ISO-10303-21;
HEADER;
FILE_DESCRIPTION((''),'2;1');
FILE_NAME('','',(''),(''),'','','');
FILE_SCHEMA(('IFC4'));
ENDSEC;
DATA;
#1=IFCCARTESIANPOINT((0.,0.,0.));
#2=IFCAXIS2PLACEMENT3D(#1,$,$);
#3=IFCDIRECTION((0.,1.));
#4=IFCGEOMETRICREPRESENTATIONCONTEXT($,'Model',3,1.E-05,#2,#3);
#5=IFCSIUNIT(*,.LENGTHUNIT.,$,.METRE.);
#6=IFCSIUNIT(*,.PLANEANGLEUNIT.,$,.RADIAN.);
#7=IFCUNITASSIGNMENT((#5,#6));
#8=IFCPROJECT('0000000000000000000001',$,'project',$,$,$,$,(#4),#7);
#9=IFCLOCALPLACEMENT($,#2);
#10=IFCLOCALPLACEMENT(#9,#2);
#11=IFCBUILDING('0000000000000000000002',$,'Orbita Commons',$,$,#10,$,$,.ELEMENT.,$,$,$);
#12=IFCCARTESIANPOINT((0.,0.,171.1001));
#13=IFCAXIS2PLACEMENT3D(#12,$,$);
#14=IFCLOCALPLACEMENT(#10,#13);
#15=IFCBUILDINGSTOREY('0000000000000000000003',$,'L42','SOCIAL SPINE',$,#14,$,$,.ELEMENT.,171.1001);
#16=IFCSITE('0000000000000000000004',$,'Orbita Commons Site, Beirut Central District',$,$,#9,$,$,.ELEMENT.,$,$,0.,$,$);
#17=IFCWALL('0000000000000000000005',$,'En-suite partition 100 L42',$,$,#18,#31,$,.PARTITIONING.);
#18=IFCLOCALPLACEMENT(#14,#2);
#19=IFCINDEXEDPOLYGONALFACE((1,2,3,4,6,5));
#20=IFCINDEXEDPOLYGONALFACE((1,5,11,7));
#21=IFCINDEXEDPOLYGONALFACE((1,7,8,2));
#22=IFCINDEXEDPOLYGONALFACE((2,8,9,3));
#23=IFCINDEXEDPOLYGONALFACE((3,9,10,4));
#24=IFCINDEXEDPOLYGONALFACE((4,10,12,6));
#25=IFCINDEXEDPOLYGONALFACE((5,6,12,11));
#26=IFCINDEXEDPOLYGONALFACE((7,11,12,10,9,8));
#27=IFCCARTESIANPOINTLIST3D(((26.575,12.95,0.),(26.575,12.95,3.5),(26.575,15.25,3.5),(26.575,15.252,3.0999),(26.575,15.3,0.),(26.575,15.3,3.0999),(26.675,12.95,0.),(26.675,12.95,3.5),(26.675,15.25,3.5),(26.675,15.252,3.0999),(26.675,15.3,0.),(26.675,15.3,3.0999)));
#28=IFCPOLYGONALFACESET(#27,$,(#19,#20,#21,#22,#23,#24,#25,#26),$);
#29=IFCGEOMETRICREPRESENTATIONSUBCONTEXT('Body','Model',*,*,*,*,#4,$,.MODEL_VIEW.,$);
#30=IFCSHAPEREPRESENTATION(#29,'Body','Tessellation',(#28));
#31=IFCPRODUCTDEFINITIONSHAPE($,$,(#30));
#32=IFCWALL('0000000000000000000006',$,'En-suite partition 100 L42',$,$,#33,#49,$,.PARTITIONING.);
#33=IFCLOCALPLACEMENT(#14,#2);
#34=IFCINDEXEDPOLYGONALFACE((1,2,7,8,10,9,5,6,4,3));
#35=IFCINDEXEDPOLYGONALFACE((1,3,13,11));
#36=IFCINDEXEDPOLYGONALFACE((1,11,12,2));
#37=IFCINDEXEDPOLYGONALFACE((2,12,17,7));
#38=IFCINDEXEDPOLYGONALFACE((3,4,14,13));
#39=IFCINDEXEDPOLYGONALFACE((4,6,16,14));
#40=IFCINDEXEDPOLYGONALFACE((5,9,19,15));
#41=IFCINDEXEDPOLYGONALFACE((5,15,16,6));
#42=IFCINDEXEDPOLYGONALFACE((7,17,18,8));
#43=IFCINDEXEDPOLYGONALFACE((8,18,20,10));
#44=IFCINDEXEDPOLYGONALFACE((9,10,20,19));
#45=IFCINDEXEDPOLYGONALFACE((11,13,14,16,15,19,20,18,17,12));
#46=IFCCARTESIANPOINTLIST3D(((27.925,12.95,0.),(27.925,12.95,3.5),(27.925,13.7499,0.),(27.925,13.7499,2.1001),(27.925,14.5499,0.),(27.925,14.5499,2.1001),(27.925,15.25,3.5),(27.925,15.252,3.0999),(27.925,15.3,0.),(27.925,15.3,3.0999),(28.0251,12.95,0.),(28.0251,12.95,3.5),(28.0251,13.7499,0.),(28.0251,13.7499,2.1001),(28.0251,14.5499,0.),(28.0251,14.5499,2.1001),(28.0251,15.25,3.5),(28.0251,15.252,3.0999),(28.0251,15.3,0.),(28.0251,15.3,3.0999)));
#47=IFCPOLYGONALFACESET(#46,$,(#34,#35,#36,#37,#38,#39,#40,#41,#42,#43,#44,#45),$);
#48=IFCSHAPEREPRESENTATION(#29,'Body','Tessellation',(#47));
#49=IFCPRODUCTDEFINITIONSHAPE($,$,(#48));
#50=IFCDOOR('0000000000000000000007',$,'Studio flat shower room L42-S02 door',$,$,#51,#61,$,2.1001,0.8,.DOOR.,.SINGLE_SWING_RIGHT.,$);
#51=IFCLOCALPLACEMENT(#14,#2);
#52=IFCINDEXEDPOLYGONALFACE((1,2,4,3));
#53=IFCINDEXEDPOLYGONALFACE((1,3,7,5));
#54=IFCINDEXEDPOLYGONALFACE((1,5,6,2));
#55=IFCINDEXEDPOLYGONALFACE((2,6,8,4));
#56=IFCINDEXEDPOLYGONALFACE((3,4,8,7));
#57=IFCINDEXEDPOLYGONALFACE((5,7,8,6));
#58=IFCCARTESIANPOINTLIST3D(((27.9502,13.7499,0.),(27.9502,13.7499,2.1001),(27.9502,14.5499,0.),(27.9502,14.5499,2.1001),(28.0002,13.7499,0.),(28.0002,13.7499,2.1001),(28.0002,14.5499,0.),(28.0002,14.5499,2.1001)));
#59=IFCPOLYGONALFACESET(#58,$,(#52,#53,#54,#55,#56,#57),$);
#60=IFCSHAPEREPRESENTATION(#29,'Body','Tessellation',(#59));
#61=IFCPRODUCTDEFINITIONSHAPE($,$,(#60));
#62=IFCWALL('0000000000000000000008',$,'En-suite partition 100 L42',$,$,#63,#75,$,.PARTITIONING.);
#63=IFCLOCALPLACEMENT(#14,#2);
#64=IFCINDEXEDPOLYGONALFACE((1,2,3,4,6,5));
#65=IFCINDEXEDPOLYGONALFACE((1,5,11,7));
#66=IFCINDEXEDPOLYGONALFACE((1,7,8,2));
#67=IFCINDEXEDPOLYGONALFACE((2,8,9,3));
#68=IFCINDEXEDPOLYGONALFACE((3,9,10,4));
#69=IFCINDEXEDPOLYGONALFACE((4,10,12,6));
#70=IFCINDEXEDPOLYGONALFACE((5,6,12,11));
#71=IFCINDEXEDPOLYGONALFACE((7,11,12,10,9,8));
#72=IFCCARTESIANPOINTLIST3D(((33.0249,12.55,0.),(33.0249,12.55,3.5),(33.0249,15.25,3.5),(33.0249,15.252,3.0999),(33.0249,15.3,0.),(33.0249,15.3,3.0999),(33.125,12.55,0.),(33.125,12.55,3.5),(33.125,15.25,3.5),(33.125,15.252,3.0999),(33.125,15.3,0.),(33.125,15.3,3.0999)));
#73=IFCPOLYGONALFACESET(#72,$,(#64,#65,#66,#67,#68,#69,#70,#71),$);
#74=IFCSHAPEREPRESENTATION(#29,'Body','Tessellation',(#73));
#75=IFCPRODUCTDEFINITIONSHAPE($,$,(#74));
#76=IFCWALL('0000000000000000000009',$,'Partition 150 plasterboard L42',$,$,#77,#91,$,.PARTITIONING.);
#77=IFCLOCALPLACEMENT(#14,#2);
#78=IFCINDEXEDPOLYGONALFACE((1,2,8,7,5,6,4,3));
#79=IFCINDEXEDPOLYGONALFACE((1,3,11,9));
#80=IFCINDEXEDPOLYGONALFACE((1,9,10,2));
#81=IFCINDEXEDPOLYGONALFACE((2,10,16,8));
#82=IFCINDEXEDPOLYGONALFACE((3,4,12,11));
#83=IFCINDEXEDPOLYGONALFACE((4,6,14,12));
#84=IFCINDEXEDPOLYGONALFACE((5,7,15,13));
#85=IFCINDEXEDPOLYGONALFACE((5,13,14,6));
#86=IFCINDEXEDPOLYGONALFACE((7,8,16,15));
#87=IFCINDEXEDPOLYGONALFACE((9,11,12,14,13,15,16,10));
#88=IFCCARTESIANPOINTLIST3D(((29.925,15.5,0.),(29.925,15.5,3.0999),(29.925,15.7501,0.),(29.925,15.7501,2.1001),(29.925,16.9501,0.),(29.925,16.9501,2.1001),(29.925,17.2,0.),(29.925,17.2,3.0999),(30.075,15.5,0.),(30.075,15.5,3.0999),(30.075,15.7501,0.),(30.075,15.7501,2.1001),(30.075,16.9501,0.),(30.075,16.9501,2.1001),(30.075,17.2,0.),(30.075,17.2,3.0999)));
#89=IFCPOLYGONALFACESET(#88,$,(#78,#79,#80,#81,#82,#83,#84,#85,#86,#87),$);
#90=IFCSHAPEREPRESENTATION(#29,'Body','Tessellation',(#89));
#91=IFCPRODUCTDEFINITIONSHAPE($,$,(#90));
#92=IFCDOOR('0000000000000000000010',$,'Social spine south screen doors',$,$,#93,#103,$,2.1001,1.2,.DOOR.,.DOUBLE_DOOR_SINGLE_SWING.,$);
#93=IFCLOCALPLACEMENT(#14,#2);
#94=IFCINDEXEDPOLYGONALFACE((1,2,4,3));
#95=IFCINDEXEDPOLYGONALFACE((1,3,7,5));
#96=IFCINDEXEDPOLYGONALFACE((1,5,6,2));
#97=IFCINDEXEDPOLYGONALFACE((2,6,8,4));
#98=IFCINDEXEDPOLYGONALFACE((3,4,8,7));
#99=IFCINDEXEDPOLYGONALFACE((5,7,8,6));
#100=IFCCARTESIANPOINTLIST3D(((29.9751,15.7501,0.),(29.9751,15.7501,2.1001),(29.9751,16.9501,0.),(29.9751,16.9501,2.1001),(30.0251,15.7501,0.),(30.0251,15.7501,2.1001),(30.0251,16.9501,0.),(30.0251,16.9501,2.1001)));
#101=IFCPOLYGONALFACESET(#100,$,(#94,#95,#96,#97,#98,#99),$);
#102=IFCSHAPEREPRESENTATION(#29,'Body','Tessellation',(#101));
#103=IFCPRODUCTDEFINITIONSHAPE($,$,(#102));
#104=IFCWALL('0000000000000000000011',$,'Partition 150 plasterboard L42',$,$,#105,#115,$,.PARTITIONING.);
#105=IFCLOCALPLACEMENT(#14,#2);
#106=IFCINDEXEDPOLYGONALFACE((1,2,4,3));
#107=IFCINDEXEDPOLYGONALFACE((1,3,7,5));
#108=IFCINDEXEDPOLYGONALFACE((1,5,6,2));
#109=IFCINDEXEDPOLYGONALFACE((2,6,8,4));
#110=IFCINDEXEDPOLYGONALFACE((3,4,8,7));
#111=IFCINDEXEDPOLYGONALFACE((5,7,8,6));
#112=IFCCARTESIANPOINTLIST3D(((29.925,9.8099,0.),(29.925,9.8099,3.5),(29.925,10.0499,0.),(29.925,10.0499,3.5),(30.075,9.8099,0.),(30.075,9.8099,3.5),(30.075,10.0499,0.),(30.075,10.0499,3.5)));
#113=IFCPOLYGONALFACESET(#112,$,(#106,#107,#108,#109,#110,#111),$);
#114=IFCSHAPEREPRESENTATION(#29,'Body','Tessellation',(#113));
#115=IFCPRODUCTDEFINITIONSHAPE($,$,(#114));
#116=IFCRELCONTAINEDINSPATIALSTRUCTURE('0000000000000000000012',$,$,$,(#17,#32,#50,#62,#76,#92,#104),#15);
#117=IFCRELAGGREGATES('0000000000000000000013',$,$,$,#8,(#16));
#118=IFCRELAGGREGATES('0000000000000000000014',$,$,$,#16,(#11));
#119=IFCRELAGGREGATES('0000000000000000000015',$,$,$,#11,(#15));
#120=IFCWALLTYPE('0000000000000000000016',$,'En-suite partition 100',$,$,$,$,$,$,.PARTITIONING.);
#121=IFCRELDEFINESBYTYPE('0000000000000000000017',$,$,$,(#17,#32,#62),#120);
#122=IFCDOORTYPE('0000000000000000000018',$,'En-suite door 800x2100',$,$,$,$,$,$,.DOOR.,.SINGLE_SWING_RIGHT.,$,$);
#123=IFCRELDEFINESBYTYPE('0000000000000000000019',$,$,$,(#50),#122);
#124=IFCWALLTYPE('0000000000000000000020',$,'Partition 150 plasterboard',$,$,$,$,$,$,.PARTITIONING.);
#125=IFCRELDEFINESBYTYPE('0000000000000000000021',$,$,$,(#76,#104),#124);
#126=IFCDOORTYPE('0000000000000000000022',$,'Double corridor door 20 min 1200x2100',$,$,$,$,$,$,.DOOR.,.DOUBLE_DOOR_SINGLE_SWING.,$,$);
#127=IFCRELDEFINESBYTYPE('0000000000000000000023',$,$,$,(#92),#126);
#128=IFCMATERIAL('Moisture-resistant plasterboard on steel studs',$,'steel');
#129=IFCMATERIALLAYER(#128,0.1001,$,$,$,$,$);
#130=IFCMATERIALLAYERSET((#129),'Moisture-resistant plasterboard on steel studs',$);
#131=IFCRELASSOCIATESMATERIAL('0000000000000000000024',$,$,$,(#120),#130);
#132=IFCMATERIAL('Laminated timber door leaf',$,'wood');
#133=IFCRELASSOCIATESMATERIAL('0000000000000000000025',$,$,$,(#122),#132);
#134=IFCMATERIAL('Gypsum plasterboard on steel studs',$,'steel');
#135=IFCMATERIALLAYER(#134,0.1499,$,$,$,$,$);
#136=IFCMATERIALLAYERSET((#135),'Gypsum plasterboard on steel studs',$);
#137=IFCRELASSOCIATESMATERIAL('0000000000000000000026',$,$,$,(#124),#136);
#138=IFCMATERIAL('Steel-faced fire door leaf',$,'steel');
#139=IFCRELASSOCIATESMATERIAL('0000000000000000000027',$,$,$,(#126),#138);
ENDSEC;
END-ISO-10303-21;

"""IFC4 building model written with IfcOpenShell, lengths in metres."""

from ifc_helpers import new_model, si_unit, direction, frame, frame_2d, origin, place, context, subcontext, project, spatial, polyline, rectangle, outline, extrude, material, layer, layer_set, type_object, element, fill, save


model = new_model("IFC4")

# Units and contexts
model_context = context("Model", 3, precision=1e-05, world=origin(), true_north=direction((0.0, 1.0)))
body_context = subcontext(model_context, "Body", "Model", "MODEL_VIEW")
ifc_project = project(units=[si_unit("LENGTHUNIT", "METRE"), si_unit("PLANEANGLEUNIT", "RADIAN")], contexts=[model_context])

# Site, building, storey
site_placement = place(None, origin())
site = spatial("IfcSite", under=ifc_project, at=site_placement, Name="Orbita Commons Site, Beirut Central District", CompositionType="ELEMENT", RefElevation=0.0)
building_placement = place(site_placement, origin())
building = spatial("IfcBuilding", under=site, at=building_placement, Name="Orbita Commons", CompositionType="ELEMENT")
storey_placement = place(building_placement, frame((0.0, 0.0, 171.1001)))
storey = spatial("IfcBuildingStorey", under=building, at=storey_placement, Name="L42", Description="SOCIAL SPINE", CompositionType="ELEMENT", Elevation=171.1001)

# Shared definitions
ifc_material_1 = material(Name="Moisture-resistant plasterboard on steel studs", Category="steel")
ifc_layer_1 = layer(ifc_material_1, 0.1001)
ifc_layer_set_1 = layer_set([ifc_layer_1], Name="Moisture-resistant plasterboard on steel studs")
wall_type_1 = type_object("IfcWallType", Name="En-suite partition 100", PredefinedType="PARTITIONING", material=ifc_layer_set_1)
ifc_material_2 = material(Name="Laminated timber door leaf", Category="wood")
door_type_1 = type_object("IfcDoorType", Name="En-suite door 800x2100", OperationType="SINGLE_SWING_RIGHT", PredefinedType="DOOR", material=ifc_material_2)

# Wall
wall_1_placement = place(storey_placement, frame((26.625, 12.95, 0.0), z_axis=(0.0, 0.0, 1.0), x_axis=(0.0, 1.0, 0.0)))
element("IfcWall", 1, at=wall_1_placement, inside=storey, type_object=wall_type_1, Name="En-suite partition 100 L42", PredefinedType="PARTITIONING", context=body_context, shape_type="SweptSolid", body=[
    extrude(outline(polyline([(0.0, 0.0), (2.3501, 0.0), (2.3501, 3.0999), (2.302, 3.0999), (2.3, 3.5), (0.0, 3.5), (0.0, 0.0)])), frame((0.0, 0.05, 0.0), z_axis=(0.0, -1.0, 0.0), x_axis=(1.0, 0.0, 0.0)), (0.0, 0.0, 1.0), 0.1001),
])

# Wall, opening, door
wall_2_placement = place(storey_placement, frame((27.9751, 12.95, 0.0), z_axis=(0.0, 0.0, 1.0), x_axis=(0.0, 1.0, 0.0)))
wall_2 = element("IfcWall", 2, at=wall_2_placement, inside=storey, type_object=wall_type_1, Name="En-suite partition 100 L42", PredefinedType="PARTITIONING", context=body_context, shape_type="SweptSolid", body=[
    extrude(outline(polyline([(0.0, 0.0), (2.3501, 0.0), (2.3501, 3.0999), (2.302, 3.0999), (2.3, 3.5), (0.0, 3.5), (0.0, 0.0)])), frame((0.0, 0.05, 0.0), z_axis=(0.0, -1.0, 0.0), x_axis=(1.0, 0.0, 0.0)), (0.0, 0.0, 1.0), 0.1001),
])
opening_1_placement = place(wall_2_placement, frame((0.8, 0.0, 0.0)))
opening_1 = element("IfcOpeningElement", 3, at=opening_1_placement, cuts=wall_2, PredefinedType="OPENING", context=body_context, shape_type="SweptSolid", body=[
    extrude(rectangle(XDim=0.8, YDim=2.1001, at=frame_2d((0.3999, 1.05))), frame((0.0, 0.0601, 0.0), z_axis=(0.0, -1.0, 0.0), x_axis=(1.0, 0.0, 0.0)), (0.0, 0.0, 1.0), 0.1201),
])
door_1_placement = place(opening_1_placement, origin())
door_1 = element("IfcDoor", 4, at=door_1_placement, inside=storey, type_object=door_type_1, Name="Studio flat shower room L42-S02 door", OperationType="SINGLE_SWING_RIGHT", OverallHeight=2.1001, OverallWidth=0.8, PredefinedType="DOOR", context=body_context, shape_type="SweptSolid", body=[
    extrude(rectangle(XDim=0.8, YDim=2.1001, at=frame_2d((0.3999, 1.05))), frame((0.0, 0.0249, 0.0), z_axis=(0.0, -1.0, 0.0), x_axis=(1.0, 0.0, 0.0)), (0.0, 0.0, 1.0), 0.05),
])
fill(opening_1, door_1)

# Wall
wall_3_placement = place(storey_placement, frame((33.075, 12.55, 0.0), z_axis=(0.0, 0.0, 1.0), x_axis=(0.0, 1.0, 0.0)))
element("IfcWall", 5, at=wall_3_placement, inside=storey, type_object=wall_type_1, Name="En-suite partition 100 L42", PredefinedType="PARTITIONING", context=body_context, shape_type="SweptSolid", body=[
    extrude(outline(polyline([(0.0, 0.0), (2.75, 0.0), (2.75, 3.0999), (2.7019, 3.0999), (2.7, 3.5), (0.0, 3.5), (0.0, 0.0)])), frame((0.0, 0.05, 0.0), z_axis=(0.0, -1.0, 0.0), x_axis=(1.0, 0.0, 0.0)), (0.0, 0.0, 1.0), 0.1001),
])

# Wall, opening, door
ifc_material_3 = material(Name="Gypsum plasterboard on steel studs", Category="steel")
ifc_layer_2 = layer(ifc_material_3, 0.1499)
ifc_layer_set_2 = layer_set([ifc_layer_2], Name="Gypsum plasterboard on steel studs")
wall_type_2 = type_object("IfcWallType", Name="Partition 150 plasterboard", PredefinedType="PARTITIONING", material=ifc_layer_set_2)
wall_4_placement = place(storey_placement, frame((30.0, 15.5, 0.0), z_axis=(0.0, 0.0, 1.0), x_axis=(0.0, 1.0, 0.0)))
wall_4 = element("IfcWall", 6, at=wall_4_placement, inside=storey, type_object=wall_type_2, Name="Partition 150 plasterboard L42", PredefinedType="PARTITIONING", context=body_context, shape_type="SweptSolid", body=[
    extrude(outline(polyline([(0.0, 0.0), (1.7, 0.0), (1.7, 3.0999), (0.0, 3.0999), (0.0, 0.0)])), frame((0.0, 0.075, 0.0), z_axis=(0.0, -1.0, 0.0), x_axis=(1.0, 0.0, 0.0)), (0.0, 0.0, 1.0), 0.1499),
])
opening_2_placement = place(wall_4_placement, frame((0.25, 0.0, 0.0)))
opening_2 = element("IfcOpeningElement", 7, at=opening_2_placement, cuts=wall_4, PredefinedType="OPENING", context=body_context, shape_type="SweptSolid", body=[
    extrude(rectangle(XDim=1.2, YDim=2.1001, at=frame_2d((0.6001, 1.05))), frame((0.0, 0.085, 0.0), z_axis=(0.0, -1.0, 0.0), x_axis=(1.0, 0.0, 0.0)), (0.0, 0.0, 1.0), 0.1699),
])
ifc_material_4 = material(Name="Steel-faced fire door leaf", Category="steel")
door_type_2 = type_object("IfcDoorType", Name="Double corridor door 20 min 1200x2100", OperationType="DOUBLE_DOOR_SINGLE_SWING", PredefinedType="DOOR", material=ifc_material_4)
door_2_placement = place(opening_2_placement, origin())
door_2 = element("IfcDoor", 8, at=door_2_placement, inside=storey, type_object=door_type_2, Name="Social spine south screen doors", OperationType="DOUBLE_DOOR_SINGLE_SWING", OverallHeight=2.1001, OverallWidth=1.2, PredefinedType="DOOR", context=body_context, shape_type="SweptSolid", body=[
    extrude(rectangle(XDim=1.2, YDim=2.1001, at=frame_2d((0.6001, 1.05))), frame((0.0, 0.0249, 0.0), z_axis=(0.0, -1.0, 0.0), x_axis=(1.0, 0.0, 0.0)), (0.0, 0.0, 1.0), 0.05),
])
fill(opening_2, door_2)

# Wall
wall_5_placement = place(storey_placement, frame((30.0, 10.05, 0.0), z_axis=(0.0, 0.0, 1.0), x_axis=(0.0, -1.0, 0.0)))
element("IfcWall", 9, at=wall_5_placement, inside=storey, type_object=wall_type_2, Name="Partition 150 plasterboard L42", PredefinedType="PARTITIONING", context=body_context, shape_type="SweptSolid", body=[
    extrude(rectangle(XDim=0.24, YDim=0.1499, at=frame_2d((0.1201, 0.0))), origin(), (0.0, 0.0, 1.0), 3.5),
])

save(model, "model.ifc")
